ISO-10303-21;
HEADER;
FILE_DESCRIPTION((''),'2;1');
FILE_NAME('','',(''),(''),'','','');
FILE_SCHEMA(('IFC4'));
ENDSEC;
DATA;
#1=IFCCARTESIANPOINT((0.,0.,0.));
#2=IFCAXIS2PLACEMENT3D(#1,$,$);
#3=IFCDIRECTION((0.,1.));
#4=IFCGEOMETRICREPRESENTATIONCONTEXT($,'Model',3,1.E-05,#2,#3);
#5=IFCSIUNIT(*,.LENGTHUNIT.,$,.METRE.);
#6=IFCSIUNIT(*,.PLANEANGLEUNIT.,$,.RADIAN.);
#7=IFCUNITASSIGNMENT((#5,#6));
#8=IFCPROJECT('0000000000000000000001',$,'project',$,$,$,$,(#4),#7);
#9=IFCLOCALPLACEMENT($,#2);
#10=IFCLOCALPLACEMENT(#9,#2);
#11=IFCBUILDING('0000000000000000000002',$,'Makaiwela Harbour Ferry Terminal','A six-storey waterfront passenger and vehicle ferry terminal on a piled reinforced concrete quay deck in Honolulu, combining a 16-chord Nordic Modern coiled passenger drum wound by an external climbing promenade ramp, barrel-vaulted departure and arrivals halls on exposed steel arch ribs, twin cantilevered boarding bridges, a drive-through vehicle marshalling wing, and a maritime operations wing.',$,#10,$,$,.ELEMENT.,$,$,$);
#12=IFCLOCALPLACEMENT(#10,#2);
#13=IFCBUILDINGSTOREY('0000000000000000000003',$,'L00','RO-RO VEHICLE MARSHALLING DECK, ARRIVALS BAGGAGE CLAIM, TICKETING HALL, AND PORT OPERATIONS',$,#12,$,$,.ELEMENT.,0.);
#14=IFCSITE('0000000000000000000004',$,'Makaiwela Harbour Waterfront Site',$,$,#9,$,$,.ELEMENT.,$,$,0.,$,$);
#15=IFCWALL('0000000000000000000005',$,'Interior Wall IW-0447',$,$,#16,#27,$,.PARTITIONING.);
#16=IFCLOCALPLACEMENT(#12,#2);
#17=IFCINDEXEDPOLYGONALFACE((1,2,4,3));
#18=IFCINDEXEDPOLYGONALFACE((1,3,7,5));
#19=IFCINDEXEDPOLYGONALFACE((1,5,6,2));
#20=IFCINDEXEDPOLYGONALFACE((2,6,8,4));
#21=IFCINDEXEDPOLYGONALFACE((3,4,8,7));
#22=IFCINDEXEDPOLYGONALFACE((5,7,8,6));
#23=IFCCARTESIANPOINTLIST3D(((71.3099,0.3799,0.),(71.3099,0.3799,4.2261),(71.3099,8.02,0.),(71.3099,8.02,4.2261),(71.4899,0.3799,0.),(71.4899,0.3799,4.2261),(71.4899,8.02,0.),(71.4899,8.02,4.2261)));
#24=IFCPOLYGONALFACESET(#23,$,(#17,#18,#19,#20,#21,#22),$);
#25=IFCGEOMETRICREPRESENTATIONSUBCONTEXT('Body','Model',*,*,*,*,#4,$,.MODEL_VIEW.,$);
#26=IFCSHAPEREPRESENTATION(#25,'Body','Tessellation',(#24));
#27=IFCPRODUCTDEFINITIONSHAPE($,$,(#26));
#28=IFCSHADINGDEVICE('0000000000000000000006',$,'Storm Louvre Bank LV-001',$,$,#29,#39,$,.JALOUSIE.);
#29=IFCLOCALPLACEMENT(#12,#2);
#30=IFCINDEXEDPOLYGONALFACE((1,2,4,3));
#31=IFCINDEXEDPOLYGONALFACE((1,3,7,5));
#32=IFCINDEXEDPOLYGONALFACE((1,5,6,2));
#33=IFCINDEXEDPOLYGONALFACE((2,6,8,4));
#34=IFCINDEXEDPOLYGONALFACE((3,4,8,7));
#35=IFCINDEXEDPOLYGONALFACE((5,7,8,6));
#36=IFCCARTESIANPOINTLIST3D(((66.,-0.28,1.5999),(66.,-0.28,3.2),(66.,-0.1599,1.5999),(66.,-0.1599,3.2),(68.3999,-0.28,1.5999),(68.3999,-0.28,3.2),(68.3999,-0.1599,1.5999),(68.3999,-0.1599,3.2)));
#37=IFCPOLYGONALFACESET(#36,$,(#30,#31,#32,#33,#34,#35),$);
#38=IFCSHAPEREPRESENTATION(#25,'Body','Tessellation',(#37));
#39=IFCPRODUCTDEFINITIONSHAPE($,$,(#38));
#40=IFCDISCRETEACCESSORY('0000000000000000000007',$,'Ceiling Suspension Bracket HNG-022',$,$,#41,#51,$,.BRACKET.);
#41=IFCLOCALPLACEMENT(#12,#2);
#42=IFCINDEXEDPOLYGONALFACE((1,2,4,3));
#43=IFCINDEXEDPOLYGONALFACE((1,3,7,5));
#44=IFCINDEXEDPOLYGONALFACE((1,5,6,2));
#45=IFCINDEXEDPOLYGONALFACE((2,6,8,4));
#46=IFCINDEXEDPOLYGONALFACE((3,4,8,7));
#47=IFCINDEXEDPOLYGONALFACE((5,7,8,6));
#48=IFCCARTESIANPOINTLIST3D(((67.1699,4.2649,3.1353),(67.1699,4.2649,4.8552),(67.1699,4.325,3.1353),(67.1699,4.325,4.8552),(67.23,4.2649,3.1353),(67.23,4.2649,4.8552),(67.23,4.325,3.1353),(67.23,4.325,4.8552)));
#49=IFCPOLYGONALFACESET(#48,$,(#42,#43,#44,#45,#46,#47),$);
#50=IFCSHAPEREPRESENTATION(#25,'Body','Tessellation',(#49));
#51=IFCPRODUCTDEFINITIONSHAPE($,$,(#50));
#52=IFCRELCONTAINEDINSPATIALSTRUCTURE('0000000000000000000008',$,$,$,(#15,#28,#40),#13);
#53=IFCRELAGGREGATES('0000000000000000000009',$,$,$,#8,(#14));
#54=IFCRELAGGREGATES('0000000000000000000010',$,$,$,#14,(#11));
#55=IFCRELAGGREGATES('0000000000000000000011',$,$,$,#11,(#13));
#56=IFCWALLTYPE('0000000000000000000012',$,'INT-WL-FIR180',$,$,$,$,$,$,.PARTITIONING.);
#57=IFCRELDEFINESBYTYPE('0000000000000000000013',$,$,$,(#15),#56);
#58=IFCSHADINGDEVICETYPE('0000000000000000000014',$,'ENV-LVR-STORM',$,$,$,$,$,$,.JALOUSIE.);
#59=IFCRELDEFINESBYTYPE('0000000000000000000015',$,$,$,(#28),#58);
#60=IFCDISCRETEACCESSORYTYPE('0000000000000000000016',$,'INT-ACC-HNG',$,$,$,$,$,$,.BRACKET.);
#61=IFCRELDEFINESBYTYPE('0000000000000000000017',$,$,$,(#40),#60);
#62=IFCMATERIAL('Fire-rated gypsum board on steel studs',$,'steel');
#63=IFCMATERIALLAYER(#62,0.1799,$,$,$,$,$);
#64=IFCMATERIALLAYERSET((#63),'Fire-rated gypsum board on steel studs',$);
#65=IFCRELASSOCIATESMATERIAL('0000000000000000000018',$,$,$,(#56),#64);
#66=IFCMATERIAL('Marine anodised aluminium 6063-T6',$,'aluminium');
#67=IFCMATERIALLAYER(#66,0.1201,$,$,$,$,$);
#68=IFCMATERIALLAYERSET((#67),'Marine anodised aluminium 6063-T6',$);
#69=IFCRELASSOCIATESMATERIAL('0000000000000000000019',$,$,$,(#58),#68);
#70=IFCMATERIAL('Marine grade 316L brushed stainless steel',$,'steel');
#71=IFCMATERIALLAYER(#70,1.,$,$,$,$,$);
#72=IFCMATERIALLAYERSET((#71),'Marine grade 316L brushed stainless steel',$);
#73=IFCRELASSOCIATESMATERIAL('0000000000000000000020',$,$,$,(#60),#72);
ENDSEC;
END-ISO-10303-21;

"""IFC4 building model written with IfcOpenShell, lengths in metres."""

from ifc_helpers import new_model, si_unit, direction, frame, frame_2d, origin, origin_2d, place, context, subcontext, project, spatial, rectangle, extrude, material, layer, layer_set, type_object, element, save


model = new_model("IFC4")

# Units and contexts
model_context = context("Model", 3, precision=1e-05, world=origin(), true_north=direction((0.0, 1.0)))
body_context = subcontext(model_context, "Body", "Model", "MODEL_VIEW")
ifc_project = project(units=[si_unit("LENGTHUNIT", "METRE"), si_unit("PLANEANGLEUNIT", "RADIAN")], contexts=[model_context])

# Site, building, storey
site_placement = place(None, origin())
site = spatial("IfcSite", under=ifc_project, at=site_placement, Name="Makaiwela Harbour Waterfront Site", CompositionType="ELEMENT", RefElevation=0.0)
building_placement = place(site_placement, origin())
building = spatial("IfcBuilding", under=site, at=building_placement, Name="Makaiwela Harbour Ferry Terminal", Description="A six-storey waterfront passenger and vehicle ferry terminal on a piled reinforced concrete quay deck in Honolulu, combining a 16-chord Nordic Modern coiled passenger drum wound by an external climbing promenade ramp, barrel-vaulted departure and arrivals halls on exposed steel arch ribs, twin cantilevered boarding bridges, a drive-through vehicle marshalling wing, and a maritime operations wing.", CompositionType="ELEMENT")
storey_placement = place(building_placement, origin())
storey = spatial("IfcBuildingStorey", under=building, at=storey_placement, Name="L00", Description="RO-RO VEHICLE MARSHALLING DECK, ARRIVALS BAGGAGE CLAIM, TICKETING HALL, AND PORT OPERATIONS", CompositionType="ELEMENT", Elevation=0.0)

# Shared definitions
ifc_material_1 = material(Name="Fire-rated gypsum board on steel studs", Category="steel")
ifc_layer_1 = layer(ifc_material_1, 0.1799)
ifc_layer_set_1 = layer_set([ifc_layer_1], Name="Fire-rated gypsum board on steel studs")
wall_type_1 = type_object("IfcWallType", Name="INT-WL-FIR180", PredefinedType="PARTITIONING", material=ifc_layer_set_1)

# Wall
wall_1_placement = place(storey_placement, frame((71.3999, 0.3799, 0.0), z_axis=(0.0, 0.0, 1.0), x_axis=(0.0, 1.0, 0.0)))
element("IfcWall", 1, at=wall_1_placement, inside=storey, type_object=wall_type_1, Name="Interior Wall IW-0447", PredefinedType="PARTITIONING", context=body_context, shape_type="SweptSolid", body=[
    extrude(rectangle(XDim=7.6401, YDim=0.1799, at=frame_2d((3.8201, 0.0))), origin(), (0.0, 0.0, 1.0), 4.2261),
])

# Shading device
ifc_material_2 = material(Name="Marine anodised aluminium 6063-T6", Category="aluminium")
ifc_layer_2 = layer(ifc_material_2, 0.1201)
ifc_layer_set_2 = layer_set([ifc_layer_2], Name="Marine anodised aluminium 6063-T6")
shading_device_type = type_object("IfcShadingDeviceType", Name="ENV-LVR-STORM", PredefinedType="JALOUSIE", material=ifc_layer_set_2)
shading_device_placement = place(storey_placement, frame((67.2, -0.22, 1.5999), z_axis=(0.0, 0.0, 1.0), x_axis=(-1.0, 0.0, 0.0)))
element("IfcShadingDevice", 2, at=shading_device_placement, inside=storey, type_object=shading_device_type, Name="Storm Louvre Bank LV-001", PredefinedType="JALOUSIE", context=body_context, shape_type="SweptSolid", body=[
    extrude(rectangle(XDim=2.3999, YDim=0.1201, at=origin_2d()), origin(), (0.0, 0.0, 1.0), 1.6001),
])

# Discrete accessory
ifc_material_3 = material(Name="Marine grade 316L brushed stainless steel", Category="steel")
ifc_layer_3 = layer(ifc_material_3, 1.0)
ifc_layer_set_3 = layer_set([ifc_layer_3], Name="Marine grade 316L brushed stainless steel")
discrete_accessory_type = type_object("IfcDiscreteAccessoryType", Name="INT-ACC-HNG", PredefinedType="BRACKET", material=ifc_layer_set_3)
discrete_accessory_placement = place(storey_placement, frame((67.2, 4.2949, 3.1353), z_axis=(0.0, 0.0, 1.0), x_axis=(1.0, 0.0, 0.0)))
element("IfcDiscreteAccessory", 3, at=discrete_accessory_placement, inside=storey, type_object=discrete_accessory_type, Name="Ceiling Suspension Bracket HNG-022", PredefinedType="BRACKET", context=body_context, shape_type="SweptSolid", body=[
    extrude(rectangle(XDim=0.0601, YDim=0.0601, at=origin_2d()), origin(), (0.0, 0.0, 1.0), 1.72),
])

save(model, "model.ifc")
